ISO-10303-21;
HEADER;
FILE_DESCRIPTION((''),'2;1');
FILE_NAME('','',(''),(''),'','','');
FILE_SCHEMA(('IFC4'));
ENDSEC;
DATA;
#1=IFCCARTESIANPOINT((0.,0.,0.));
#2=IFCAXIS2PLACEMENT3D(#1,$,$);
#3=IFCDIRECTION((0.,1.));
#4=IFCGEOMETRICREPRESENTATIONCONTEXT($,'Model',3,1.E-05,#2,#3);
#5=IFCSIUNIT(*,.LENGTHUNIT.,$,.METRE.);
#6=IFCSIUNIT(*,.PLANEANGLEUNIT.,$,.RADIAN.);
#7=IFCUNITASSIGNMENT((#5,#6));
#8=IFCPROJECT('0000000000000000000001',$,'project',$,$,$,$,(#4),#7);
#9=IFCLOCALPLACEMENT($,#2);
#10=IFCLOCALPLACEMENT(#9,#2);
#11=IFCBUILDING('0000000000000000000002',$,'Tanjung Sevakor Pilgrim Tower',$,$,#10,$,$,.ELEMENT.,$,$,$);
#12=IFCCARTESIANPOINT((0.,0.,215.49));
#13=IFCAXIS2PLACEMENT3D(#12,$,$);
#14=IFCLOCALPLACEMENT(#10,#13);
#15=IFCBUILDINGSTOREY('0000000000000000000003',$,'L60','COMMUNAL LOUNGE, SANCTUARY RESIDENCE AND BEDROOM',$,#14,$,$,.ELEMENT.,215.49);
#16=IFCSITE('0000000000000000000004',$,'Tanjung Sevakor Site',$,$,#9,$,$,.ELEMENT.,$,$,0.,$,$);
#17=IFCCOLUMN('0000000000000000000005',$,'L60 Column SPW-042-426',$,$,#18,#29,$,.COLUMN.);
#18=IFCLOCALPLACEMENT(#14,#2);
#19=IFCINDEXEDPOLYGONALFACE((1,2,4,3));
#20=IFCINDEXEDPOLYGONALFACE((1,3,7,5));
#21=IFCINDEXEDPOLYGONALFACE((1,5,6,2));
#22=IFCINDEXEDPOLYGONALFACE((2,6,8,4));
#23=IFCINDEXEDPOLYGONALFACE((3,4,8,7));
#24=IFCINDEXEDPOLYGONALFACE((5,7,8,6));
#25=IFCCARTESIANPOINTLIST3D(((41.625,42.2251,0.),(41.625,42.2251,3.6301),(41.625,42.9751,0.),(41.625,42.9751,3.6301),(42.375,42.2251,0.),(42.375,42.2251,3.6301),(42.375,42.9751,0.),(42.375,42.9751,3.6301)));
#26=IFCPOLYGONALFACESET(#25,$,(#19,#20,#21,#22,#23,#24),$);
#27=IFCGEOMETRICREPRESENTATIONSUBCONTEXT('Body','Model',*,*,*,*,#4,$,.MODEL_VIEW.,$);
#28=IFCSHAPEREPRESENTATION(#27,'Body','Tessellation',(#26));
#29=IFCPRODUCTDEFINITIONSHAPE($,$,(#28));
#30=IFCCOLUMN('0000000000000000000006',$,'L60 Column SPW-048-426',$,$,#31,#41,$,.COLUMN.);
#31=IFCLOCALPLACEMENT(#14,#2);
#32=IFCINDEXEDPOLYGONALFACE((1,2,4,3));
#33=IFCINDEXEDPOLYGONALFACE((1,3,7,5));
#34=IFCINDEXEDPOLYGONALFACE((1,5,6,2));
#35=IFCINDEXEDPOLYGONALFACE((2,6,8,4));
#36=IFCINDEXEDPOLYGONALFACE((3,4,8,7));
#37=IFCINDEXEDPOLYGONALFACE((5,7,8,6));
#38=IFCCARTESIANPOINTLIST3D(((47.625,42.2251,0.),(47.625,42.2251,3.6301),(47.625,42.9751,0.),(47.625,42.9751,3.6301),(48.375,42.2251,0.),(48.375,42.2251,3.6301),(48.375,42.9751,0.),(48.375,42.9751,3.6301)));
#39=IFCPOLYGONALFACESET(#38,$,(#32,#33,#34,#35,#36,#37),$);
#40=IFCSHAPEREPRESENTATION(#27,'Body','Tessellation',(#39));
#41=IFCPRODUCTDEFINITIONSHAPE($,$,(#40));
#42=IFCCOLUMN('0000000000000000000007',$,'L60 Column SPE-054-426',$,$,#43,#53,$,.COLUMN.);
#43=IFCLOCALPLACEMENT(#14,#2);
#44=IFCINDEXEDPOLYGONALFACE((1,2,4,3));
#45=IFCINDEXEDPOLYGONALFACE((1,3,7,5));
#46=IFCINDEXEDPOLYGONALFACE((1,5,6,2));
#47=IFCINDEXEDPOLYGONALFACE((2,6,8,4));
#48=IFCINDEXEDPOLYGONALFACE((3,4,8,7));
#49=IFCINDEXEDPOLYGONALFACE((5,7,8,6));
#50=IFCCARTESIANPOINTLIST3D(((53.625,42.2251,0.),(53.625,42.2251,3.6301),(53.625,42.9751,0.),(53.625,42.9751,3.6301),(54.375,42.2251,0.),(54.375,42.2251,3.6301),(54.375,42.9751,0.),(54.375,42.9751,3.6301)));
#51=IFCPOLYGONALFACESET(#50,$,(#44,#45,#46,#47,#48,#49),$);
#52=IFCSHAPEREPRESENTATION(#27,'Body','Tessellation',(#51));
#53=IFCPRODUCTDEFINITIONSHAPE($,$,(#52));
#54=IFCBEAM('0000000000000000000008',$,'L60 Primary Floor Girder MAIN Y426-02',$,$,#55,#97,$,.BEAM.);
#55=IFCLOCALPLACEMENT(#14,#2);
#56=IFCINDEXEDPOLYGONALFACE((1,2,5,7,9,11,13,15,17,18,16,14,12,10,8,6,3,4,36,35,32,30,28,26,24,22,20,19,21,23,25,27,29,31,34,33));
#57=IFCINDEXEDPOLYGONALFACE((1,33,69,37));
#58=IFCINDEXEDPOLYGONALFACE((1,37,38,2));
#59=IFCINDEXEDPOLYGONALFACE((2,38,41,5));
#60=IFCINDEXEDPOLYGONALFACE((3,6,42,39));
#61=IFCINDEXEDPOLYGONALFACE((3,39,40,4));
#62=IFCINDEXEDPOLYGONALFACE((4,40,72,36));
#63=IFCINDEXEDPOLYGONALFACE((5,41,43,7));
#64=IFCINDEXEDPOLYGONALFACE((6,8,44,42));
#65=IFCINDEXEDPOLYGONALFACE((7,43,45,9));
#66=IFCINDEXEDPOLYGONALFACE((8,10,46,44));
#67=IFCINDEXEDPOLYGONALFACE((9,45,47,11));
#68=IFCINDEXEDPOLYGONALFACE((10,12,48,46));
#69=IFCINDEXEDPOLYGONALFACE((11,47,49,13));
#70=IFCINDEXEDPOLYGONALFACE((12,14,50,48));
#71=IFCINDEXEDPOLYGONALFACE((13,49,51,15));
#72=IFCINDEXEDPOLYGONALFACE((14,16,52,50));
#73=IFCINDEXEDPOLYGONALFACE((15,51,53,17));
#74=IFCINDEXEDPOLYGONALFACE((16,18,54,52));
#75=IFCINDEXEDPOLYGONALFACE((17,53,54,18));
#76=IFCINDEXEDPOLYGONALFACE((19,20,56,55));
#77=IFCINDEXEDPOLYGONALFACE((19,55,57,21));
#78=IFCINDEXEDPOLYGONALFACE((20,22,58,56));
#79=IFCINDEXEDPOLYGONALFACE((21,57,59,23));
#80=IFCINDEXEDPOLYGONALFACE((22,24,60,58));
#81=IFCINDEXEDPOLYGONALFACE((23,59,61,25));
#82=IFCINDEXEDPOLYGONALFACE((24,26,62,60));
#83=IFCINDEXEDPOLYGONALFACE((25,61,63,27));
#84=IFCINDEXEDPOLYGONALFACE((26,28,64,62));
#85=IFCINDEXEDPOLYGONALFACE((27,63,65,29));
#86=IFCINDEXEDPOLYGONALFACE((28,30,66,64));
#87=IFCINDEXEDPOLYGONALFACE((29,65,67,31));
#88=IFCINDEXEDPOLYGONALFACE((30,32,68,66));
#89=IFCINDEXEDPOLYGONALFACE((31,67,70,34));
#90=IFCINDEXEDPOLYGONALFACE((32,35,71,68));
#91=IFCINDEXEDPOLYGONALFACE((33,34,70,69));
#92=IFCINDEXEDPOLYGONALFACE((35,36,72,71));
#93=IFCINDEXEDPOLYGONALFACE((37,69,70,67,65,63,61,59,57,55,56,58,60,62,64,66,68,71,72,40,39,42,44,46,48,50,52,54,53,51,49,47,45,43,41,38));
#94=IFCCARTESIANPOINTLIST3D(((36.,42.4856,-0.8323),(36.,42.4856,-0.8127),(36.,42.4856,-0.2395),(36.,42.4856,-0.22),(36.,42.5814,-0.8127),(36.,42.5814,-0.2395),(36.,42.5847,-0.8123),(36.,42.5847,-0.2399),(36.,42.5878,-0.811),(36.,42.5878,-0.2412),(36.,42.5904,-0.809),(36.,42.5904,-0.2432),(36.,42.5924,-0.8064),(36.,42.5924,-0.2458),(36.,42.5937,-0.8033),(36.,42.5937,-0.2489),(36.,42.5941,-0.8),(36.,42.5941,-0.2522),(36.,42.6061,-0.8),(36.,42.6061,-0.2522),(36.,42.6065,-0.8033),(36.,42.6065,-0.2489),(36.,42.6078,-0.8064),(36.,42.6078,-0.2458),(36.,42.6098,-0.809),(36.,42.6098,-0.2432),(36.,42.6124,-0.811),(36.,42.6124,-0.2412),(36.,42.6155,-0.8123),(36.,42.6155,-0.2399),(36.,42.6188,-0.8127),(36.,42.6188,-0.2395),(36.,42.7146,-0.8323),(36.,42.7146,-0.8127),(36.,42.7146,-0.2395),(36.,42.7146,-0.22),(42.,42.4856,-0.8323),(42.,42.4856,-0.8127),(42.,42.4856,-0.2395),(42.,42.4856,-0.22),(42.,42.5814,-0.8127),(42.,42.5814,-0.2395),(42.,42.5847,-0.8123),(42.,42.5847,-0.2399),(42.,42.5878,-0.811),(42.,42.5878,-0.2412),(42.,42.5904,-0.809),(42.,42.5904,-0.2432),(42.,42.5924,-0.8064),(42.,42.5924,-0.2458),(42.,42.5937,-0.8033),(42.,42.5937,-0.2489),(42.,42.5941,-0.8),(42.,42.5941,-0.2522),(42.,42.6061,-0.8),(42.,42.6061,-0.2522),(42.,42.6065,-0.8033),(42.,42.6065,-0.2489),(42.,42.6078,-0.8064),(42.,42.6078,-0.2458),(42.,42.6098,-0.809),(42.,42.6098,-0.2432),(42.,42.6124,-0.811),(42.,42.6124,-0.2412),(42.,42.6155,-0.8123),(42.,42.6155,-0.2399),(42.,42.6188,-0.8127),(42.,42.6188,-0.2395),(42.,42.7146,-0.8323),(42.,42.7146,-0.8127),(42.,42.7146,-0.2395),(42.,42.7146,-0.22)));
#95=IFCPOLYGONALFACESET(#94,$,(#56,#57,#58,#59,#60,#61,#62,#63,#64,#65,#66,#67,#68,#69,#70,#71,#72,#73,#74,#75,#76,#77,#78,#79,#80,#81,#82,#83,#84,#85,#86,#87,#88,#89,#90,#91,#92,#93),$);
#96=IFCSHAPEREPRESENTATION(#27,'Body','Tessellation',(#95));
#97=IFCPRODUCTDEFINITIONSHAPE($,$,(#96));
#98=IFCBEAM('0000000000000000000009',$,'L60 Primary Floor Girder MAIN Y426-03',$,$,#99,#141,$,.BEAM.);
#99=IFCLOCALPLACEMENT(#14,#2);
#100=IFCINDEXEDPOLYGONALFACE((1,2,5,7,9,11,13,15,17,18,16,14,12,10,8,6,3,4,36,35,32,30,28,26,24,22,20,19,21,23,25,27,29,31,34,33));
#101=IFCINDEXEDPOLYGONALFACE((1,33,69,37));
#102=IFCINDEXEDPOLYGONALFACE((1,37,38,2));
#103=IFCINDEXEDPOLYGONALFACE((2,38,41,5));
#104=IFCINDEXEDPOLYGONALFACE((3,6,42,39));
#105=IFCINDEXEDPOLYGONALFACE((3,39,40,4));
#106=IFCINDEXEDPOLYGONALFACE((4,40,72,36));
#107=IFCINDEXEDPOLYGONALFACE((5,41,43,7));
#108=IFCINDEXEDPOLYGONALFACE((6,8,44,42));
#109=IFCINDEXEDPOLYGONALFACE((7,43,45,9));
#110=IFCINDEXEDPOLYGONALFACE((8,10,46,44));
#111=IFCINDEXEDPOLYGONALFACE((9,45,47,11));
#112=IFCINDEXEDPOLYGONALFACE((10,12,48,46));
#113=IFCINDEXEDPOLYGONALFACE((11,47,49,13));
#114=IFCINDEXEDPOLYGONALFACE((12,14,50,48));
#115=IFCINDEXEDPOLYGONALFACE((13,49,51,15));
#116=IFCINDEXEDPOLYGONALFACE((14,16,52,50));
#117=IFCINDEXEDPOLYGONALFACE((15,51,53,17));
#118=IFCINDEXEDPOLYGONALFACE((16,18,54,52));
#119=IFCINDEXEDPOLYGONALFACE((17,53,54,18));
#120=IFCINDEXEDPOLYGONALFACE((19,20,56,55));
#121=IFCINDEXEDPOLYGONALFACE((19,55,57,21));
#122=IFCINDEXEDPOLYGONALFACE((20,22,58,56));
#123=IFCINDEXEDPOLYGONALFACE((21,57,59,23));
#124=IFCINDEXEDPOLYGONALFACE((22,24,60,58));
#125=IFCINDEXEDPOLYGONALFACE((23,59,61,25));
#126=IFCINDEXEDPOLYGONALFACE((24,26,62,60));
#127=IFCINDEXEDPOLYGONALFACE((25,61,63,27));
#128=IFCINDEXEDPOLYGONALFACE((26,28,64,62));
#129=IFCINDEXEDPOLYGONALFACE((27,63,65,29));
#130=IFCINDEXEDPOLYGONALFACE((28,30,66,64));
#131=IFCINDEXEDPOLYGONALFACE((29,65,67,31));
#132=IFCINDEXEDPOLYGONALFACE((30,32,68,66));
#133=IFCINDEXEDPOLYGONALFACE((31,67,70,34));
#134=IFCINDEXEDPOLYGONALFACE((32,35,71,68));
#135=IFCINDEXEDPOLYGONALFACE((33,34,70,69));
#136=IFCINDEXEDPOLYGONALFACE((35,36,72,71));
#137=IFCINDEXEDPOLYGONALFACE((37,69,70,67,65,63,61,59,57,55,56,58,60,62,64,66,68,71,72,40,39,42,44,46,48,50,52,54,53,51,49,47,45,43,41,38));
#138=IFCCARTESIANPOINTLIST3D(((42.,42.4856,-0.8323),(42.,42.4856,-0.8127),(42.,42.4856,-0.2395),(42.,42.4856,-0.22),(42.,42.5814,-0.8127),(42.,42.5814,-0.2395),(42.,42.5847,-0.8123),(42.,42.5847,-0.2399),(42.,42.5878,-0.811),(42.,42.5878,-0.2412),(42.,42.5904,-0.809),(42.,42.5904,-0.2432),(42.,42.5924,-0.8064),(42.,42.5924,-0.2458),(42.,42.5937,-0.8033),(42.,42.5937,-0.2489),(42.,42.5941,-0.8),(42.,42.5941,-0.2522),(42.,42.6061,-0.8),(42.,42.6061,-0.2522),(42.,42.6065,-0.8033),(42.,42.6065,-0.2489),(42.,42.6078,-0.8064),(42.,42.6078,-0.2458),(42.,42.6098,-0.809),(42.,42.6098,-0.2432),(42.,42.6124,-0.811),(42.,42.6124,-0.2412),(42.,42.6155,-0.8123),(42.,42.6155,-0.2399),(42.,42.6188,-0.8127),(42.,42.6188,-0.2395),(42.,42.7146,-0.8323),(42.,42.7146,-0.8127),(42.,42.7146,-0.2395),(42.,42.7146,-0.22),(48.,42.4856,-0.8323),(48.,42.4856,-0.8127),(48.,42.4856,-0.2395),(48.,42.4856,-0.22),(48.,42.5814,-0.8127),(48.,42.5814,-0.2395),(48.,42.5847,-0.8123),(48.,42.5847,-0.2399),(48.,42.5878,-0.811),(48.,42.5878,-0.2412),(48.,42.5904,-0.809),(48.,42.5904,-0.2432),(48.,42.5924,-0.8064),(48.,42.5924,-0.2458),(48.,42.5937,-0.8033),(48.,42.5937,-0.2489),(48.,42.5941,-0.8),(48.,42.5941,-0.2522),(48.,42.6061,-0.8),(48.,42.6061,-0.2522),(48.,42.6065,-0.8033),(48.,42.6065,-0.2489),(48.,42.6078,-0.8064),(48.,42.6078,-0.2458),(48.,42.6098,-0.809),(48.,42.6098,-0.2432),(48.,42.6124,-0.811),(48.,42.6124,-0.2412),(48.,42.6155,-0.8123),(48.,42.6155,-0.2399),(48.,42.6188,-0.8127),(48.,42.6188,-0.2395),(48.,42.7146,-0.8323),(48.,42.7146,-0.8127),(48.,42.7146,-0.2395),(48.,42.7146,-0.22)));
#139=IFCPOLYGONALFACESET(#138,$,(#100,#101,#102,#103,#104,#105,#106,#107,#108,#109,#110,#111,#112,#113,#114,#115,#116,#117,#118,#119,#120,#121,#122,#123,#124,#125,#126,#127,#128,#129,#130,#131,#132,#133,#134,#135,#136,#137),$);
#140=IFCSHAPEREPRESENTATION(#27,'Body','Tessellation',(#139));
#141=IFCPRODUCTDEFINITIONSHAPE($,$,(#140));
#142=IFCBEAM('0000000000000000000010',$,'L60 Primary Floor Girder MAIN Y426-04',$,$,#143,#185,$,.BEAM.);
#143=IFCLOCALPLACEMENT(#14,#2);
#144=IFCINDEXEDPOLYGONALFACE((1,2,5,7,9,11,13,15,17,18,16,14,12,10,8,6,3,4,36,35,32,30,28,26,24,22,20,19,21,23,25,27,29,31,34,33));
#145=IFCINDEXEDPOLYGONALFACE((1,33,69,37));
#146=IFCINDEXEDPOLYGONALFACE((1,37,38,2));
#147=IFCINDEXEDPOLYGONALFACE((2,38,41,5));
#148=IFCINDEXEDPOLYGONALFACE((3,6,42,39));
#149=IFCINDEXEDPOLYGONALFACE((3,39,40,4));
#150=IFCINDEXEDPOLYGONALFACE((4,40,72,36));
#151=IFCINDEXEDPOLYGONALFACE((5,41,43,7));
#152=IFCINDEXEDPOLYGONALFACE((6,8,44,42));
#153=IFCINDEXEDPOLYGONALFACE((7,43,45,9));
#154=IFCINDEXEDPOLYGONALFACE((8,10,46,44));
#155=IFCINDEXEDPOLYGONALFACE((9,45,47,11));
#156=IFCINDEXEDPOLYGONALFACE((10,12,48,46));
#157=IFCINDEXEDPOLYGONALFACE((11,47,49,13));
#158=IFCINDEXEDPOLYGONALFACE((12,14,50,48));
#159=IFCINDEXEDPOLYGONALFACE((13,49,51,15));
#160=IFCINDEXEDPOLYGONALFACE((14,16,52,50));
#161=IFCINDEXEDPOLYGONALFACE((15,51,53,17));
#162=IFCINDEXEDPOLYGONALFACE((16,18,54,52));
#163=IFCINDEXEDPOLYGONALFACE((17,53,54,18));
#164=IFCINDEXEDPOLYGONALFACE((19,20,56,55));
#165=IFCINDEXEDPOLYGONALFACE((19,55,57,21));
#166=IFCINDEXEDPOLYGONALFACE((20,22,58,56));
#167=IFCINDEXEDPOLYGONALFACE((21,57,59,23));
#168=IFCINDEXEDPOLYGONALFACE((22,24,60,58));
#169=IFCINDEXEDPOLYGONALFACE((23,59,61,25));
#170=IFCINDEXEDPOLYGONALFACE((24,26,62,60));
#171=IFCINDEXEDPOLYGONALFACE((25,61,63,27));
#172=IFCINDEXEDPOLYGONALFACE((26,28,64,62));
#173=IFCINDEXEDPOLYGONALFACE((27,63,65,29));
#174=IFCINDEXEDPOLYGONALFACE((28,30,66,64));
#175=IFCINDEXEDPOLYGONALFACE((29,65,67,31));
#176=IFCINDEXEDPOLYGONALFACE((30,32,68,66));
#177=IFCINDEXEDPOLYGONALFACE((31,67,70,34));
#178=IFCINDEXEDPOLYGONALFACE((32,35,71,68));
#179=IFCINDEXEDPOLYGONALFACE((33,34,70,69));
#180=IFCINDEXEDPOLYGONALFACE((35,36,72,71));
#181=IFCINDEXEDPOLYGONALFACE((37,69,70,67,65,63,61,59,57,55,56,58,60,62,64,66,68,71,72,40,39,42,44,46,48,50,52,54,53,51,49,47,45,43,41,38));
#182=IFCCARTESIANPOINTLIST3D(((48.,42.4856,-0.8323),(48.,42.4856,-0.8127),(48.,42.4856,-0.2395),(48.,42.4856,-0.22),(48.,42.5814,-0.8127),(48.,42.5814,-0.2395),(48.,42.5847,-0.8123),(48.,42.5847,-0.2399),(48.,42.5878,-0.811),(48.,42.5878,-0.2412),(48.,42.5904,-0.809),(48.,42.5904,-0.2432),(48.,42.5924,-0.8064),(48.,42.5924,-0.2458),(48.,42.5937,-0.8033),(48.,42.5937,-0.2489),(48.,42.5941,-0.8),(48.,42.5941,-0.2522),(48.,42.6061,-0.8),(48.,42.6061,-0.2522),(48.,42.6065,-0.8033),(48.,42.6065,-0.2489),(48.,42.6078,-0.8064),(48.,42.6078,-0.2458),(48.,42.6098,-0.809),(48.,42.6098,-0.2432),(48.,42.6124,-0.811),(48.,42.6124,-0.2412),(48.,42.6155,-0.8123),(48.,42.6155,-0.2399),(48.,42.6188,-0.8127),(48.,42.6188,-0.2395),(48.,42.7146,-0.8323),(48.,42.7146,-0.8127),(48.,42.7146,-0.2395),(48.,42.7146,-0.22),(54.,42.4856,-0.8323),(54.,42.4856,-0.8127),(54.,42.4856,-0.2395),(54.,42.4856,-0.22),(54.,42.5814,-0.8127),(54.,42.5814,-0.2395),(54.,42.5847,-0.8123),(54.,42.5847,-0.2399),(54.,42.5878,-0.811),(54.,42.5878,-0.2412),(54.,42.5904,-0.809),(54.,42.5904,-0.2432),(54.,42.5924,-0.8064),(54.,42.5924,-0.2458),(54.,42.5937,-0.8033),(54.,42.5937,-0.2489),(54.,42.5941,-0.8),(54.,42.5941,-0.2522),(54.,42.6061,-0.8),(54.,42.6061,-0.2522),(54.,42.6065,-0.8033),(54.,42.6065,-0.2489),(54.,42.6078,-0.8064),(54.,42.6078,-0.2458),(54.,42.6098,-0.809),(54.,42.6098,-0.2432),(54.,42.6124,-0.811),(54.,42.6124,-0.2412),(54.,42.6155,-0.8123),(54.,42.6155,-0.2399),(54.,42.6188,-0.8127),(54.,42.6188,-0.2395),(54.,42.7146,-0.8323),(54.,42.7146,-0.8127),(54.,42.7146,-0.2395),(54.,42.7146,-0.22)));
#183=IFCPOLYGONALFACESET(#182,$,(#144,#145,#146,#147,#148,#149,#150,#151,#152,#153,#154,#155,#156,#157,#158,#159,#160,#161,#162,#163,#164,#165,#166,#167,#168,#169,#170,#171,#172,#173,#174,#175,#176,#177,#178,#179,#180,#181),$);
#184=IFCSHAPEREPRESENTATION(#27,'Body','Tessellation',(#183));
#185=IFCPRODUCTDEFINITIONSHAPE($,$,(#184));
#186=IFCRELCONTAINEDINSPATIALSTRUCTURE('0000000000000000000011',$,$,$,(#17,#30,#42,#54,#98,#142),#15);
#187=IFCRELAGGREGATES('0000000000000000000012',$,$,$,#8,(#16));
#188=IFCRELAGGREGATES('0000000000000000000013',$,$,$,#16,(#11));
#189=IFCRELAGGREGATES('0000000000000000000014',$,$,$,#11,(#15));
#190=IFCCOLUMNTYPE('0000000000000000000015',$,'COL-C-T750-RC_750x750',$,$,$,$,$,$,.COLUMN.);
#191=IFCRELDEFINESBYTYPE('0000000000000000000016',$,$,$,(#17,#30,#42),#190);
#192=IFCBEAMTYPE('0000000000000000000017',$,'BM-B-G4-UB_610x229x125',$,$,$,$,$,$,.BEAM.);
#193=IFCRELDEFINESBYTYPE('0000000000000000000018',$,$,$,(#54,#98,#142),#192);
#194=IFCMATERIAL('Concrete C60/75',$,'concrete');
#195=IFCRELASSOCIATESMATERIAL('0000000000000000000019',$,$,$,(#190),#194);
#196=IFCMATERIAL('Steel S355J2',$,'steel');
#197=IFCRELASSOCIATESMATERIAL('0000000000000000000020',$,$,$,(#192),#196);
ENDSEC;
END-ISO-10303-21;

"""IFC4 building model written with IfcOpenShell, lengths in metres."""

from ifc_helpers import new_model, si_unit, direction, frame, origin, origin_2d, place, context, subcontext, project, spatial, rectangle, i_section, extrude, material, material_profile, profile_set, type_object, element, save


model = new_model("IFC4")

# Units and contexts
model_context = context("Model", 3, precision=1e-05, world=origin(), true_north=direction((0.0, 1.0)))
body_context = subcontext(model_context, "Body", "Model", "MODEL_VIEW")
ifc_project = project(units=[si_unit("LENGTHUNIT", "METRE"), si_unit("PLANEANGLEUNIT", "RADIAN")], contexts=[model_context])

# Site, building, storey
site_placement = place(None, origin())
site = spatial("IfcSite", under=ifc_project, at=site_placement, Name="Tanjung Sevakor Site", CompositionType="ELEMENT", RefElevation=0.0)
building_placement = place(site_placement, origin())
building = spatial("IfcBuilding", under=site, at=building_placement, Name="Tanjung Sevakor Pilgrim Tower", CompositionType="ELEMENT")
storey_placement = place(building_placement, frame((0.0, 0.0, 215.49)))
storey = spatial("IfcBuildingStorey", under=building, at=storey_placement, Name="L60", Description="COMMUNAL LOUNGE, SANCTUARY RESIDENCE AND BEDROOM", CompositionType="ELEMENT", Elevation=215.49)

# Columns
ifc_material_1 = material(Name="Concrete C60/75", Category="concrete")
ifc_material_profile_1 = material_profile(ifc_material_1, rectangle(XDim=0.75, YDim=0.75, at=origin_2d()))
ifc_profile_set_1 = profile_set([ifc_material_profile_1], Name="Concrete C60/75")
column_type = type_object("IfcColumnType", Name="COL-C-T750-RC_750x750", PredefinedType="COLUMN", material=ifc_profile_set_1)
for number, where, z_axis, x_axis, name in (
    (1, (42.0, 42.6001, 0.0), (0.0, 0.0, 1.0), (1.0, 0.0, 0.0), "L60 Column SPW-042-426"),
    (2, (48.0, 42.6001, 0.0), (0.0, 0.0, 1.0), (1.0, 0.0, 0.0), "L60 Column SPW-048-426"),
    (3, (54.0, 42.6001, 0.0), (0.0, 0.0, 1.0), (1.0, 0.0, 0.0), "L60 Column SPE-054-426"),
):
    element("IfcColumn", number, at=place(storey_placement, frame(where, z_axis=z_axis, x_axis=x_axis)), inside=storey, type_object=column_type, Name=name, PredefinedType="COLUMN", context=body_context, shape_type="SweptSolid", body=[
        extrude(rectangle(XDim=0.75, YDim=0.75, at=origin_2d()), origin(), (0.0, 0.0, 1.0), 3.6301),
    ])

# Beams
ifc_material_2 = material(Name="Steel S355J2", Category="steel")
ifc_material_profile_2 = material_profile(ifc_material_2, i_section(OverallWidth=0.229, OverallDepth=0.6123, WebThickness=0.012, FlangeThickness=0.0195, FilletRadius=0.0127, at=origin_2d()))
ifc_profile_set_2 = profile_set([ifc_material_profile_2], Name="Steel S355J2")
beam_type_1 = type_object("IfcBeamType", Name="BM-B-G4-UB_610x229x125", PredefinedType="BEAM", material=ifc_profile_set_2)
for number, where, z_axis, x_axis, name in (
    (4, (36.0, 42.6001, -0.5261), (1.0, 0.0, 0.0), (0.0, 1.0, 0.0), "L60 Primary Floor Girder MAIN Y426-02"),
    (5, (42.0, 42.6001, -0.5261), (1.0, 0.0, 0.0), (0.0, 1.0, 0.0), "L60 Primary Floor Girder MAIN Y426-03"),
    (6, (48.0, 42.6001, -0.5261), (1.0, 0.0, 0.0), (0.0, 1.0, 0.0), "L60 Primary Floor Girder MAIN Y426-04"),
):
    element("IfcBeam", number, at=place(storey_placement, frame(where, z_axis=z_axis, x_axis=x_axis)), inside=storey, type_object=beam_type_1, Name=name, PredefinedType="BEAM", context=body_context, shape_type="SweptSolid", body=[
        extrude(i_section(OverallWidth=0.229, OverallDepth=0.6123, WebThickness=0.012, FlangeThickness=0.0195, FilletRadius=0.0127, at=origin_2d()), origin(), (0.0, 0.0, 1.0), 6.0),
    ])

save(model, "model.ifc")
